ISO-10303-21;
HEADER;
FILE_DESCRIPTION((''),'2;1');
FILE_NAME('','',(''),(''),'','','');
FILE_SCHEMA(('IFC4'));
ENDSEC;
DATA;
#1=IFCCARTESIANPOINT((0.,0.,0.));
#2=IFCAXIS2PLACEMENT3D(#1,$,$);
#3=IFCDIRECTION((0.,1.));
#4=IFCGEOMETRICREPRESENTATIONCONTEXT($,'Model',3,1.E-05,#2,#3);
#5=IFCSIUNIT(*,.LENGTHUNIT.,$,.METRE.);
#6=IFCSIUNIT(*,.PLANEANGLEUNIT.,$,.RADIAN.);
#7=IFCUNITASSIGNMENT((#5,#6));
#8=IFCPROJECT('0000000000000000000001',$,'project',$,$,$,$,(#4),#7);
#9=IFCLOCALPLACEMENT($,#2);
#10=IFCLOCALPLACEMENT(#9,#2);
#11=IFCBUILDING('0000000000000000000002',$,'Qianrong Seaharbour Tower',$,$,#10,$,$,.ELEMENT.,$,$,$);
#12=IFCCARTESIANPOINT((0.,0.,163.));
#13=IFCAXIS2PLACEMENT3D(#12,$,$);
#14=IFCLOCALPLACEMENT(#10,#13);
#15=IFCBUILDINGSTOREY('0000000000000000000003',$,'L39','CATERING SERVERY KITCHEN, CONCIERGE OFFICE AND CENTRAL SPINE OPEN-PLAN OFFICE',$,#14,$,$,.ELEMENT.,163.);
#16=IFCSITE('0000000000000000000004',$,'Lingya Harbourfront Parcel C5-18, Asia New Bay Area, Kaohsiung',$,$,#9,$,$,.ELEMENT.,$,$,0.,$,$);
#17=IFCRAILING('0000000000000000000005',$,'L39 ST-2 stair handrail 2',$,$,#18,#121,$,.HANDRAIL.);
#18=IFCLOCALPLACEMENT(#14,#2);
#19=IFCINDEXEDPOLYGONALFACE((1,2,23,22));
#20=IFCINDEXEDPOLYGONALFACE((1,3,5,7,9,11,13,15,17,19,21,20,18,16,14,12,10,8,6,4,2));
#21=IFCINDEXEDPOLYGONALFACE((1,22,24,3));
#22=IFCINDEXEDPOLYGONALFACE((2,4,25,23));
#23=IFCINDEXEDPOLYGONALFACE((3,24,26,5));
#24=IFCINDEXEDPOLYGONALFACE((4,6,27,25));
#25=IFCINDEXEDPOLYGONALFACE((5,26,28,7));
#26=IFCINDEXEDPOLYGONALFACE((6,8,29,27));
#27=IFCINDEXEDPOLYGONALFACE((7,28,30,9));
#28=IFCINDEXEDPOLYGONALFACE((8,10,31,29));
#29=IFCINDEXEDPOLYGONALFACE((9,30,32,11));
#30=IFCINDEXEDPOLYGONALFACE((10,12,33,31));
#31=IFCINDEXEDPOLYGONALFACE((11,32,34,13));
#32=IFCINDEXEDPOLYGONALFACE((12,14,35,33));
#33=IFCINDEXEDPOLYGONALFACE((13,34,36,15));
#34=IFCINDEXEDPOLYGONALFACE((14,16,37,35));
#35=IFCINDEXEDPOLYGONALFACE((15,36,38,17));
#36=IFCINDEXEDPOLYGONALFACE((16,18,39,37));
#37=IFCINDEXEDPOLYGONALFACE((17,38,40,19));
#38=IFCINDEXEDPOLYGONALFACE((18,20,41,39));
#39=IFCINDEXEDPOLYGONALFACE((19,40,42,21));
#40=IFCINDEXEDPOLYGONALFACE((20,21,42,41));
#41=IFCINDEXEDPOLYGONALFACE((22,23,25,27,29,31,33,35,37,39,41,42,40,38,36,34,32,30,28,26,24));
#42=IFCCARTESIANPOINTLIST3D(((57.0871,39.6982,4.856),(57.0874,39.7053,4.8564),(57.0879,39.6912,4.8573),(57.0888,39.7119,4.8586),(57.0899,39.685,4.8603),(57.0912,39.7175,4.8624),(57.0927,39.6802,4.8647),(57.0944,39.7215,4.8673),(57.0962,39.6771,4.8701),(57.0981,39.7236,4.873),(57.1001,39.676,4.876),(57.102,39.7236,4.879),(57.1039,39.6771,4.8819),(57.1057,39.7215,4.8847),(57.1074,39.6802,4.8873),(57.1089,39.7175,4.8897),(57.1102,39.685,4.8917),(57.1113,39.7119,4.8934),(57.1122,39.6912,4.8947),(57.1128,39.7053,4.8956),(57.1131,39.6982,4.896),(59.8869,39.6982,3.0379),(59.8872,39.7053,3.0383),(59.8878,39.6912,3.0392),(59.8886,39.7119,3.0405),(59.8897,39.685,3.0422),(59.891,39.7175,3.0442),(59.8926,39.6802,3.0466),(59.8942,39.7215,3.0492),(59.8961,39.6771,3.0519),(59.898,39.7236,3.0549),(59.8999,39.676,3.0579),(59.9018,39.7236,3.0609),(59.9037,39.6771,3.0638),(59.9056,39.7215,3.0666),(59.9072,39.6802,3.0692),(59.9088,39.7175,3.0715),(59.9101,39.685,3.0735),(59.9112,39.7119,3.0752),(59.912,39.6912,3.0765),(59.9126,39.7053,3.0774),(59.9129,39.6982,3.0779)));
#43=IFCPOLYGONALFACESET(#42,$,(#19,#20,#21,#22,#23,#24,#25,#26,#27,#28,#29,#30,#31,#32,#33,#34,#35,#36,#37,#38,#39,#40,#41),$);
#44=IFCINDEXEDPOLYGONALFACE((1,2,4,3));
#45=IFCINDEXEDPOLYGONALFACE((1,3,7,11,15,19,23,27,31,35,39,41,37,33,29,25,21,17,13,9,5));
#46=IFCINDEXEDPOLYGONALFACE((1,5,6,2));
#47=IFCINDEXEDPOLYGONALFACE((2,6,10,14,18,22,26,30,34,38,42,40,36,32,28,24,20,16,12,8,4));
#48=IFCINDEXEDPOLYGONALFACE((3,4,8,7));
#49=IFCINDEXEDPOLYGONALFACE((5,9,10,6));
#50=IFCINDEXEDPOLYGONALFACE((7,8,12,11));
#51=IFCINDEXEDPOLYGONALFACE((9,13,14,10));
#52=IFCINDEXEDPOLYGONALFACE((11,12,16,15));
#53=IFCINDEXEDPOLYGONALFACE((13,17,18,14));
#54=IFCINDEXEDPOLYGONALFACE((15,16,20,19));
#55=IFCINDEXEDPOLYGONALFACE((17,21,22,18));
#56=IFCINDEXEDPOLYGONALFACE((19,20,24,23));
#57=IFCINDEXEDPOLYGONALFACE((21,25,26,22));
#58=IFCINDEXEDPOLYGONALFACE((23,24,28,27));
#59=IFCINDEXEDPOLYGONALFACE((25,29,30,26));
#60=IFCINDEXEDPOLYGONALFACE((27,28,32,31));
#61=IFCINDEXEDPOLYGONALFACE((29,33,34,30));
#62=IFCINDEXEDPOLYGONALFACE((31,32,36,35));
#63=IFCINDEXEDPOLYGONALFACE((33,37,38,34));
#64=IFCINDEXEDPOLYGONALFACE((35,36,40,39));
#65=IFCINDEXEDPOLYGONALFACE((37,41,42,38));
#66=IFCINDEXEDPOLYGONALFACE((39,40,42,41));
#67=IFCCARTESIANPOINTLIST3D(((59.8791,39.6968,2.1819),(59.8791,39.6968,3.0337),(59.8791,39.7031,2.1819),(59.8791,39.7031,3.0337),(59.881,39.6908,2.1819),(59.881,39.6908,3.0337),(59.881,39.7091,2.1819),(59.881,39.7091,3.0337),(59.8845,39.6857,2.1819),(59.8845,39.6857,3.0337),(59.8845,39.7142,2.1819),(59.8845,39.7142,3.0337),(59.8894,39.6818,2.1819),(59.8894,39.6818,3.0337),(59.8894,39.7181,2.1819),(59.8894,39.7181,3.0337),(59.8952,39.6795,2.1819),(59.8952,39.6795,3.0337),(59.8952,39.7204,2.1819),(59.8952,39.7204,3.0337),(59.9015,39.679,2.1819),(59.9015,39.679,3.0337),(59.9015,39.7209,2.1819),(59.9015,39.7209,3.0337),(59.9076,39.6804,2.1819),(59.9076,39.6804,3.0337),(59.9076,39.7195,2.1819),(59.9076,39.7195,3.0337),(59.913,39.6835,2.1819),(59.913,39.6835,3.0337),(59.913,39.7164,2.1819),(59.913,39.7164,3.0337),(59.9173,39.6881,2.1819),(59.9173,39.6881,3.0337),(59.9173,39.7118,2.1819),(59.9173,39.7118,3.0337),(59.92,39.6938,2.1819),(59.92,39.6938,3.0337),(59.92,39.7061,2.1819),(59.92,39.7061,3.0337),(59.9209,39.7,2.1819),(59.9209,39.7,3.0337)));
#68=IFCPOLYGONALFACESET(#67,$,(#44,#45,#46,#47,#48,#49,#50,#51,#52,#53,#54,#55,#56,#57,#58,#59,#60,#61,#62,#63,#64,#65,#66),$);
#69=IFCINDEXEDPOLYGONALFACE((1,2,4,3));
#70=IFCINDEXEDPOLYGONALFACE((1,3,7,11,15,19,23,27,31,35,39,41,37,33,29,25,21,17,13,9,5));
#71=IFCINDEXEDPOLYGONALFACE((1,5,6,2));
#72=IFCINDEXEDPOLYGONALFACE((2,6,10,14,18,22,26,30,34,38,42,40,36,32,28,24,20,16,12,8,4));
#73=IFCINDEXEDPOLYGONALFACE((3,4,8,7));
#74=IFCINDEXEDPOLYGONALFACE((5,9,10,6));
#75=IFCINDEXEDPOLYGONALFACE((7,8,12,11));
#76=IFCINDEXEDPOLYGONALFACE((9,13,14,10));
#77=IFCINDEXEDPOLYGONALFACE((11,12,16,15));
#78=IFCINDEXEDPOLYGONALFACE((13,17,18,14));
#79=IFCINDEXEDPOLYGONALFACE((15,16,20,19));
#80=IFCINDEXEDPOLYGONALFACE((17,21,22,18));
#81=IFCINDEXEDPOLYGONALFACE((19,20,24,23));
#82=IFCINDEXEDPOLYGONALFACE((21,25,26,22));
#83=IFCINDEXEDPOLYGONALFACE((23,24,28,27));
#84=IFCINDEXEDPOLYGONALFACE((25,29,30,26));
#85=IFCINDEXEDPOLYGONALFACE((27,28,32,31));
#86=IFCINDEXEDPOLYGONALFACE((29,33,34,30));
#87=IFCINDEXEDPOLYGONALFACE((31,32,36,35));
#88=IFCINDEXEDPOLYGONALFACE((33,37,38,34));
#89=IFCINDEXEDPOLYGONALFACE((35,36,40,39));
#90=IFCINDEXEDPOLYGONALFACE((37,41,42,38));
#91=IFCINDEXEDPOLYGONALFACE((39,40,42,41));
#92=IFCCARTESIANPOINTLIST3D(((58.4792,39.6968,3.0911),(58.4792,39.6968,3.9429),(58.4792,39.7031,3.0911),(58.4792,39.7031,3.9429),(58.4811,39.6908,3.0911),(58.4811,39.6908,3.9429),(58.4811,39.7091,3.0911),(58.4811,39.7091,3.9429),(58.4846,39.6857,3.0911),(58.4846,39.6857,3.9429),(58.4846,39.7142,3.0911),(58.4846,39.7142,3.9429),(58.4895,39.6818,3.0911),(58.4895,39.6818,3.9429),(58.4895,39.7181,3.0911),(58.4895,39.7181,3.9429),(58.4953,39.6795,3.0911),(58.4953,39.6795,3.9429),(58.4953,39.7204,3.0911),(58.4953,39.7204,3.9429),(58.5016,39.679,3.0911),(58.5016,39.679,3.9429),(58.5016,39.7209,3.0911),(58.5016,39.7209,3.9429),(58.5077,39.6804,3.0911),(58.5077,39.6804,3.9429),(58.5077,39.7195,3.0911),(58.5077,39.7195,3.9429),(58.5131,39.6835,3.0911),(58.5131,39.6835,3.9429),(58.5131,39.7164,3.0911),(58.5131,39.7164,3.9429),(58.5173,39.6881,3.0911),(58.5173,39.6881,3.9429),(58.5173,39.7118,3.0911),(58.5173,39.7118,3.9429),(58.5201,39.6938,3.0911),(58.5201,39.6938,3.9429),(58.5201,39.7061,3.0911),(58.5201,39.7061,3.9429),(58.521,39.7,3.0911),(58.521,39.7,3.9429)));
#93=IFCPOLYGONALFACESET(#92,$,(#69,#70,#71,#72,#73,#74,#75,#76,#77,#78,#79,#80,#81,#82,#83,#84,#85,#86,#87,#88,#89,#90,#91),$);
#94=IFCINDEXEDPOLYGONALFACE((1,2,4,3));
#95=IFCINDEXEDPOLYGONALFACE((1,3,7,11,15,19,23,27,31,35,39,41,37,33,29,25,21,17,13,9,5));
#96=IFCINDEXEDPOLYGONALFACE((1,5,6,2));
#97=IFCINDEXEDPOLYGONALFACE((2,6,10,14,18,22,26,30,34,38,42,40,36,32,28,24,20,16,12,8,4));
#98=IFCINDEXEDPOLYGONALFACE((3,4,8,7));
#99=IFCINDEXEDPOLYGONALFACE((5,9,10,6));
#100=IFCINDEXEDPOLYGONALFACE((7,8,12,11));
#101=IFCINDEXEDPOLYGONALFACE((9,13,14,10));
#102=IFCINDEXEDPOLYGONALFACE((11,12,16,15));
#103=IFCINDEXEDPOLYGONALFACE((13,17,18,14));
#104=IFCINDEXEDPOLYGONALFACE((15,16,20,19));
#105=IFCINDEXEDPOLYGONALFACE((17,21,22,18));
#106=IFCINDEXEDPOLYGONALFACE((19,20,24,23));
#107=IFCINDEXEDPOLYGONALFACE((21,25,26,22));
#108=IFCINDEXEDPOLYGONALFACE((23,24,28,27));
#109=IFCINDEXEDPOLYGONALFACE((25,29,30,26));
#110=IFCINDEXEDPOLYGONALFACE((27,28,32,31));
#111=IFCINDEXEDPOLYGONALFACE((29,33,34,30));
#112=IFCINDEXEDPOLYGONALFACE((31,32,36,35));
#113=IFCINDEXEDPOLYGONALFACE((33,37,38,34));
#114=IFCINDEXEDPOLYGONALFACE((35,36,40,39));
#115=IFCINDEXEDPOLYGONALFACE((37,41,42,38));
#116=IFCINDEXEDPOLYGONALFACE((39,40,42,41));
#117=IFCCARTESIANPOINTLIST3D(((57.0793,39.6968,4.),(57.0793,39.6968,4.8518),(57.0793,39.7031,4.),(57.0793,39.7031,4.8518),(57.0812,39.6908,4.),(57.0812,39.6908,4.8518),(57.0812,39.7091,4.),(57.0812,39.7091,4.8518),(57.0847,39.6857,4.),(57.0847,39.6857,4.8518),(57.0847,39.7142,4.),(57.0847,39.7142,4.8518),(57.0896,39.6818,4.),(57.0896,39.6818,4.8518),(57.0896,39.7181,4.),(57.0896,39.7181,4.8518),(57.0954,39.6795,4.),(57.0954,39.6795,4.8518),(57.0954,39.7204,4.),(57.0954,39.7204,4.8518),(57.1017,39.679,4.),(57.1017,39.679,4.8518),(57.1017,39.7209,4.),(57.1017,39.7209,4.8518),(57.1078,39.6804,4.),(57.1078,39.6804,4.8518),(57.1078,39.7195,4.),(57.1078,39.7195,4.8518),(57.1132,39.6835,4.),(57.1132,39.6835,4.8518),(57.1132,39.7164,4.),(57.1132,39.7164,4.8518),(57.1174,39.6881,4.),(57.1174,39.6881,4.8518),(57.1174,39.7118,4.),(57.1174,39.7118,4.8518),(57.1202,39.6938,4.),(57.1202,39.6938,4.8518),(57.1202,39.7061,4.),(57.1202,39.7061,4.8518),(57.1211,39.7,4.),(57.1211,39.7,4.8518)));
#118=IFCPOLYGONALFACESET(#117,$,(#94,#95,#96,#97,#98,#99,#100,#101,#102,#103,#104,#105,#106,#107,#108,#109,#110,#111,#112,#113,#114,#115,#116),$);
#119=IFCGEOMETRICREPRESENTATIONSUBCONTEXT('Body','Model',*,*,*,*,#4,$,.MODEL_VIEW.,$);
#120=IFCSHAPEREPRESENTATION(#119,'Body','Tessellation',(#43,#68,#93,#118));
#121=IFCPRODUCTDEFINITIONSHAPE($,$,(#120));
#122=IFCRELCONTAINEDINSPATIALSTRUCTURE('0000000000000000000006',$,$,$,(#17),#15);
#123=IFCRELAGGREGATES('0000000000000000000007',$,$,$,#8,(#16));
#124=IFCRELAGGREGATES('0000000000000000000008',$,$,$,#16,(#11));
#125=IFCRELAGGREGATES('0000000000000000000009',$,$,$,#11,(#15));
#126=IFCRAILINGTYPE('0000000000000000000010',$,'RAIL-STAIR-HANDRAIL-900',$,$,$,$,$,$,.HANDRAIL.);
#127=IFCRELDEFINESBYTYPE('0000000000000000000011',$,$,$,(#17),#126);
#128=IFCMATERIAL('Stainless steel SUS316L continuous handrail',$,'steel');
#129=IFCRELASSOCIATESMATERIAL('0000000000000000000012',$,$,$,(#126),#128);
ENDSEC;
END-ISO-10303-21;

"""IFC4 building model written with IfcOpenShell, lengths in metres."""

from ifc_helpers import new_model, si_unit, direction, frame, origin, origin_2d, place, context, subcontext, project, spatial, circle, extrude, material, type_object, element, save


model = new_model("IFC4")

# Units and contexts
model_context = context("Model", 3, precision=1e-05, world=origin(), true_north=direction((0.0, 1.0)))
body_context = subcontext(model_context, "Body", "Model", "MODEL_VIEW")
ifc_project = project(units=[si_unit("LENGTHUNIT", "METRE"), si_unit("PLANEANGLEUNIT", "RADIAN")], contexts=[model_context])

# Site, building, storey
site_placement = place(None, origin())
site = spatial("IfcSite", under=ifc_project, at=site_placement, Name="Lingya Harbourfront Parcel C5-18, Asia New Bay Area, Kaohsiung", CompositionType="ELEMENT", RefElevation=0.0)
building_placement = place(site_placement, origin())
building = spatial("IfcBuilding", under=site, at=building_placement, Name="Qianrong Seaharbour Tower", CompositionType="ELEMENT")
storey_placement = place(building_placement, frame((0.0, 0.0, 163.0)))
storey = spatial("IfcBuildingStorey", under=building, at=storey_placement, Name="L39", Description="CATERING SERVERY KITCHEN, CONCIERGE OFFICE AND CENTRAL SPINE OPEN-PLAN OFFICE", CompositionType="ELEMENT", Elevation=163.0)

# Railing
ifc_material_1 = material(Name="Stainless steel SUS316L continuous handrail", Category="steel")
railing_type_1 = type_object("IfcRailingType", Name="RAIL-STAIR-HANDRAIL-900", PredefinedType="HANDRAIL", material=ifc_material_1)
railing_1_placement = place(storey_placement, frame((59.8999, 39.7, 2.1819)))
element("IfcRailing", 1, at=railing_1_placement, inside=storey, type_object=railing_type_1, Name="L39 ST-2 stair handrail 2", PredefinedType="HANDRAIL", context=body_context, shape_type="SweptSolid", body=[
    extrude(circle(Radius=0.0239, at=origin_2d()), frame((0.0, 0.0, 0.876), z_axis=(-0.838684, 0.0, 0.544618), x_axis=(0.0, -1.0, 0.0)), (0.0, 0.0, 1.0), 3.3384),
    extrude(circle(Radius=0.021, at=origin_2d()), origin(), (0.0, 0.0, 1.0), 0.8518),
    extrude(circle(Radius=0.021, at=origin_2d()), frame((-1.3999, 0.0, 0.9092)), (0.0, 0.0, 1.0), 0.8518),
    extrude(circle(Radius=0.021, at=origin_2d()), frame((-2.7998, 0.0, 1.8181)), (0.0, 0.0, 1.0), 0.8518),
])

save(model, "model.ifc")
